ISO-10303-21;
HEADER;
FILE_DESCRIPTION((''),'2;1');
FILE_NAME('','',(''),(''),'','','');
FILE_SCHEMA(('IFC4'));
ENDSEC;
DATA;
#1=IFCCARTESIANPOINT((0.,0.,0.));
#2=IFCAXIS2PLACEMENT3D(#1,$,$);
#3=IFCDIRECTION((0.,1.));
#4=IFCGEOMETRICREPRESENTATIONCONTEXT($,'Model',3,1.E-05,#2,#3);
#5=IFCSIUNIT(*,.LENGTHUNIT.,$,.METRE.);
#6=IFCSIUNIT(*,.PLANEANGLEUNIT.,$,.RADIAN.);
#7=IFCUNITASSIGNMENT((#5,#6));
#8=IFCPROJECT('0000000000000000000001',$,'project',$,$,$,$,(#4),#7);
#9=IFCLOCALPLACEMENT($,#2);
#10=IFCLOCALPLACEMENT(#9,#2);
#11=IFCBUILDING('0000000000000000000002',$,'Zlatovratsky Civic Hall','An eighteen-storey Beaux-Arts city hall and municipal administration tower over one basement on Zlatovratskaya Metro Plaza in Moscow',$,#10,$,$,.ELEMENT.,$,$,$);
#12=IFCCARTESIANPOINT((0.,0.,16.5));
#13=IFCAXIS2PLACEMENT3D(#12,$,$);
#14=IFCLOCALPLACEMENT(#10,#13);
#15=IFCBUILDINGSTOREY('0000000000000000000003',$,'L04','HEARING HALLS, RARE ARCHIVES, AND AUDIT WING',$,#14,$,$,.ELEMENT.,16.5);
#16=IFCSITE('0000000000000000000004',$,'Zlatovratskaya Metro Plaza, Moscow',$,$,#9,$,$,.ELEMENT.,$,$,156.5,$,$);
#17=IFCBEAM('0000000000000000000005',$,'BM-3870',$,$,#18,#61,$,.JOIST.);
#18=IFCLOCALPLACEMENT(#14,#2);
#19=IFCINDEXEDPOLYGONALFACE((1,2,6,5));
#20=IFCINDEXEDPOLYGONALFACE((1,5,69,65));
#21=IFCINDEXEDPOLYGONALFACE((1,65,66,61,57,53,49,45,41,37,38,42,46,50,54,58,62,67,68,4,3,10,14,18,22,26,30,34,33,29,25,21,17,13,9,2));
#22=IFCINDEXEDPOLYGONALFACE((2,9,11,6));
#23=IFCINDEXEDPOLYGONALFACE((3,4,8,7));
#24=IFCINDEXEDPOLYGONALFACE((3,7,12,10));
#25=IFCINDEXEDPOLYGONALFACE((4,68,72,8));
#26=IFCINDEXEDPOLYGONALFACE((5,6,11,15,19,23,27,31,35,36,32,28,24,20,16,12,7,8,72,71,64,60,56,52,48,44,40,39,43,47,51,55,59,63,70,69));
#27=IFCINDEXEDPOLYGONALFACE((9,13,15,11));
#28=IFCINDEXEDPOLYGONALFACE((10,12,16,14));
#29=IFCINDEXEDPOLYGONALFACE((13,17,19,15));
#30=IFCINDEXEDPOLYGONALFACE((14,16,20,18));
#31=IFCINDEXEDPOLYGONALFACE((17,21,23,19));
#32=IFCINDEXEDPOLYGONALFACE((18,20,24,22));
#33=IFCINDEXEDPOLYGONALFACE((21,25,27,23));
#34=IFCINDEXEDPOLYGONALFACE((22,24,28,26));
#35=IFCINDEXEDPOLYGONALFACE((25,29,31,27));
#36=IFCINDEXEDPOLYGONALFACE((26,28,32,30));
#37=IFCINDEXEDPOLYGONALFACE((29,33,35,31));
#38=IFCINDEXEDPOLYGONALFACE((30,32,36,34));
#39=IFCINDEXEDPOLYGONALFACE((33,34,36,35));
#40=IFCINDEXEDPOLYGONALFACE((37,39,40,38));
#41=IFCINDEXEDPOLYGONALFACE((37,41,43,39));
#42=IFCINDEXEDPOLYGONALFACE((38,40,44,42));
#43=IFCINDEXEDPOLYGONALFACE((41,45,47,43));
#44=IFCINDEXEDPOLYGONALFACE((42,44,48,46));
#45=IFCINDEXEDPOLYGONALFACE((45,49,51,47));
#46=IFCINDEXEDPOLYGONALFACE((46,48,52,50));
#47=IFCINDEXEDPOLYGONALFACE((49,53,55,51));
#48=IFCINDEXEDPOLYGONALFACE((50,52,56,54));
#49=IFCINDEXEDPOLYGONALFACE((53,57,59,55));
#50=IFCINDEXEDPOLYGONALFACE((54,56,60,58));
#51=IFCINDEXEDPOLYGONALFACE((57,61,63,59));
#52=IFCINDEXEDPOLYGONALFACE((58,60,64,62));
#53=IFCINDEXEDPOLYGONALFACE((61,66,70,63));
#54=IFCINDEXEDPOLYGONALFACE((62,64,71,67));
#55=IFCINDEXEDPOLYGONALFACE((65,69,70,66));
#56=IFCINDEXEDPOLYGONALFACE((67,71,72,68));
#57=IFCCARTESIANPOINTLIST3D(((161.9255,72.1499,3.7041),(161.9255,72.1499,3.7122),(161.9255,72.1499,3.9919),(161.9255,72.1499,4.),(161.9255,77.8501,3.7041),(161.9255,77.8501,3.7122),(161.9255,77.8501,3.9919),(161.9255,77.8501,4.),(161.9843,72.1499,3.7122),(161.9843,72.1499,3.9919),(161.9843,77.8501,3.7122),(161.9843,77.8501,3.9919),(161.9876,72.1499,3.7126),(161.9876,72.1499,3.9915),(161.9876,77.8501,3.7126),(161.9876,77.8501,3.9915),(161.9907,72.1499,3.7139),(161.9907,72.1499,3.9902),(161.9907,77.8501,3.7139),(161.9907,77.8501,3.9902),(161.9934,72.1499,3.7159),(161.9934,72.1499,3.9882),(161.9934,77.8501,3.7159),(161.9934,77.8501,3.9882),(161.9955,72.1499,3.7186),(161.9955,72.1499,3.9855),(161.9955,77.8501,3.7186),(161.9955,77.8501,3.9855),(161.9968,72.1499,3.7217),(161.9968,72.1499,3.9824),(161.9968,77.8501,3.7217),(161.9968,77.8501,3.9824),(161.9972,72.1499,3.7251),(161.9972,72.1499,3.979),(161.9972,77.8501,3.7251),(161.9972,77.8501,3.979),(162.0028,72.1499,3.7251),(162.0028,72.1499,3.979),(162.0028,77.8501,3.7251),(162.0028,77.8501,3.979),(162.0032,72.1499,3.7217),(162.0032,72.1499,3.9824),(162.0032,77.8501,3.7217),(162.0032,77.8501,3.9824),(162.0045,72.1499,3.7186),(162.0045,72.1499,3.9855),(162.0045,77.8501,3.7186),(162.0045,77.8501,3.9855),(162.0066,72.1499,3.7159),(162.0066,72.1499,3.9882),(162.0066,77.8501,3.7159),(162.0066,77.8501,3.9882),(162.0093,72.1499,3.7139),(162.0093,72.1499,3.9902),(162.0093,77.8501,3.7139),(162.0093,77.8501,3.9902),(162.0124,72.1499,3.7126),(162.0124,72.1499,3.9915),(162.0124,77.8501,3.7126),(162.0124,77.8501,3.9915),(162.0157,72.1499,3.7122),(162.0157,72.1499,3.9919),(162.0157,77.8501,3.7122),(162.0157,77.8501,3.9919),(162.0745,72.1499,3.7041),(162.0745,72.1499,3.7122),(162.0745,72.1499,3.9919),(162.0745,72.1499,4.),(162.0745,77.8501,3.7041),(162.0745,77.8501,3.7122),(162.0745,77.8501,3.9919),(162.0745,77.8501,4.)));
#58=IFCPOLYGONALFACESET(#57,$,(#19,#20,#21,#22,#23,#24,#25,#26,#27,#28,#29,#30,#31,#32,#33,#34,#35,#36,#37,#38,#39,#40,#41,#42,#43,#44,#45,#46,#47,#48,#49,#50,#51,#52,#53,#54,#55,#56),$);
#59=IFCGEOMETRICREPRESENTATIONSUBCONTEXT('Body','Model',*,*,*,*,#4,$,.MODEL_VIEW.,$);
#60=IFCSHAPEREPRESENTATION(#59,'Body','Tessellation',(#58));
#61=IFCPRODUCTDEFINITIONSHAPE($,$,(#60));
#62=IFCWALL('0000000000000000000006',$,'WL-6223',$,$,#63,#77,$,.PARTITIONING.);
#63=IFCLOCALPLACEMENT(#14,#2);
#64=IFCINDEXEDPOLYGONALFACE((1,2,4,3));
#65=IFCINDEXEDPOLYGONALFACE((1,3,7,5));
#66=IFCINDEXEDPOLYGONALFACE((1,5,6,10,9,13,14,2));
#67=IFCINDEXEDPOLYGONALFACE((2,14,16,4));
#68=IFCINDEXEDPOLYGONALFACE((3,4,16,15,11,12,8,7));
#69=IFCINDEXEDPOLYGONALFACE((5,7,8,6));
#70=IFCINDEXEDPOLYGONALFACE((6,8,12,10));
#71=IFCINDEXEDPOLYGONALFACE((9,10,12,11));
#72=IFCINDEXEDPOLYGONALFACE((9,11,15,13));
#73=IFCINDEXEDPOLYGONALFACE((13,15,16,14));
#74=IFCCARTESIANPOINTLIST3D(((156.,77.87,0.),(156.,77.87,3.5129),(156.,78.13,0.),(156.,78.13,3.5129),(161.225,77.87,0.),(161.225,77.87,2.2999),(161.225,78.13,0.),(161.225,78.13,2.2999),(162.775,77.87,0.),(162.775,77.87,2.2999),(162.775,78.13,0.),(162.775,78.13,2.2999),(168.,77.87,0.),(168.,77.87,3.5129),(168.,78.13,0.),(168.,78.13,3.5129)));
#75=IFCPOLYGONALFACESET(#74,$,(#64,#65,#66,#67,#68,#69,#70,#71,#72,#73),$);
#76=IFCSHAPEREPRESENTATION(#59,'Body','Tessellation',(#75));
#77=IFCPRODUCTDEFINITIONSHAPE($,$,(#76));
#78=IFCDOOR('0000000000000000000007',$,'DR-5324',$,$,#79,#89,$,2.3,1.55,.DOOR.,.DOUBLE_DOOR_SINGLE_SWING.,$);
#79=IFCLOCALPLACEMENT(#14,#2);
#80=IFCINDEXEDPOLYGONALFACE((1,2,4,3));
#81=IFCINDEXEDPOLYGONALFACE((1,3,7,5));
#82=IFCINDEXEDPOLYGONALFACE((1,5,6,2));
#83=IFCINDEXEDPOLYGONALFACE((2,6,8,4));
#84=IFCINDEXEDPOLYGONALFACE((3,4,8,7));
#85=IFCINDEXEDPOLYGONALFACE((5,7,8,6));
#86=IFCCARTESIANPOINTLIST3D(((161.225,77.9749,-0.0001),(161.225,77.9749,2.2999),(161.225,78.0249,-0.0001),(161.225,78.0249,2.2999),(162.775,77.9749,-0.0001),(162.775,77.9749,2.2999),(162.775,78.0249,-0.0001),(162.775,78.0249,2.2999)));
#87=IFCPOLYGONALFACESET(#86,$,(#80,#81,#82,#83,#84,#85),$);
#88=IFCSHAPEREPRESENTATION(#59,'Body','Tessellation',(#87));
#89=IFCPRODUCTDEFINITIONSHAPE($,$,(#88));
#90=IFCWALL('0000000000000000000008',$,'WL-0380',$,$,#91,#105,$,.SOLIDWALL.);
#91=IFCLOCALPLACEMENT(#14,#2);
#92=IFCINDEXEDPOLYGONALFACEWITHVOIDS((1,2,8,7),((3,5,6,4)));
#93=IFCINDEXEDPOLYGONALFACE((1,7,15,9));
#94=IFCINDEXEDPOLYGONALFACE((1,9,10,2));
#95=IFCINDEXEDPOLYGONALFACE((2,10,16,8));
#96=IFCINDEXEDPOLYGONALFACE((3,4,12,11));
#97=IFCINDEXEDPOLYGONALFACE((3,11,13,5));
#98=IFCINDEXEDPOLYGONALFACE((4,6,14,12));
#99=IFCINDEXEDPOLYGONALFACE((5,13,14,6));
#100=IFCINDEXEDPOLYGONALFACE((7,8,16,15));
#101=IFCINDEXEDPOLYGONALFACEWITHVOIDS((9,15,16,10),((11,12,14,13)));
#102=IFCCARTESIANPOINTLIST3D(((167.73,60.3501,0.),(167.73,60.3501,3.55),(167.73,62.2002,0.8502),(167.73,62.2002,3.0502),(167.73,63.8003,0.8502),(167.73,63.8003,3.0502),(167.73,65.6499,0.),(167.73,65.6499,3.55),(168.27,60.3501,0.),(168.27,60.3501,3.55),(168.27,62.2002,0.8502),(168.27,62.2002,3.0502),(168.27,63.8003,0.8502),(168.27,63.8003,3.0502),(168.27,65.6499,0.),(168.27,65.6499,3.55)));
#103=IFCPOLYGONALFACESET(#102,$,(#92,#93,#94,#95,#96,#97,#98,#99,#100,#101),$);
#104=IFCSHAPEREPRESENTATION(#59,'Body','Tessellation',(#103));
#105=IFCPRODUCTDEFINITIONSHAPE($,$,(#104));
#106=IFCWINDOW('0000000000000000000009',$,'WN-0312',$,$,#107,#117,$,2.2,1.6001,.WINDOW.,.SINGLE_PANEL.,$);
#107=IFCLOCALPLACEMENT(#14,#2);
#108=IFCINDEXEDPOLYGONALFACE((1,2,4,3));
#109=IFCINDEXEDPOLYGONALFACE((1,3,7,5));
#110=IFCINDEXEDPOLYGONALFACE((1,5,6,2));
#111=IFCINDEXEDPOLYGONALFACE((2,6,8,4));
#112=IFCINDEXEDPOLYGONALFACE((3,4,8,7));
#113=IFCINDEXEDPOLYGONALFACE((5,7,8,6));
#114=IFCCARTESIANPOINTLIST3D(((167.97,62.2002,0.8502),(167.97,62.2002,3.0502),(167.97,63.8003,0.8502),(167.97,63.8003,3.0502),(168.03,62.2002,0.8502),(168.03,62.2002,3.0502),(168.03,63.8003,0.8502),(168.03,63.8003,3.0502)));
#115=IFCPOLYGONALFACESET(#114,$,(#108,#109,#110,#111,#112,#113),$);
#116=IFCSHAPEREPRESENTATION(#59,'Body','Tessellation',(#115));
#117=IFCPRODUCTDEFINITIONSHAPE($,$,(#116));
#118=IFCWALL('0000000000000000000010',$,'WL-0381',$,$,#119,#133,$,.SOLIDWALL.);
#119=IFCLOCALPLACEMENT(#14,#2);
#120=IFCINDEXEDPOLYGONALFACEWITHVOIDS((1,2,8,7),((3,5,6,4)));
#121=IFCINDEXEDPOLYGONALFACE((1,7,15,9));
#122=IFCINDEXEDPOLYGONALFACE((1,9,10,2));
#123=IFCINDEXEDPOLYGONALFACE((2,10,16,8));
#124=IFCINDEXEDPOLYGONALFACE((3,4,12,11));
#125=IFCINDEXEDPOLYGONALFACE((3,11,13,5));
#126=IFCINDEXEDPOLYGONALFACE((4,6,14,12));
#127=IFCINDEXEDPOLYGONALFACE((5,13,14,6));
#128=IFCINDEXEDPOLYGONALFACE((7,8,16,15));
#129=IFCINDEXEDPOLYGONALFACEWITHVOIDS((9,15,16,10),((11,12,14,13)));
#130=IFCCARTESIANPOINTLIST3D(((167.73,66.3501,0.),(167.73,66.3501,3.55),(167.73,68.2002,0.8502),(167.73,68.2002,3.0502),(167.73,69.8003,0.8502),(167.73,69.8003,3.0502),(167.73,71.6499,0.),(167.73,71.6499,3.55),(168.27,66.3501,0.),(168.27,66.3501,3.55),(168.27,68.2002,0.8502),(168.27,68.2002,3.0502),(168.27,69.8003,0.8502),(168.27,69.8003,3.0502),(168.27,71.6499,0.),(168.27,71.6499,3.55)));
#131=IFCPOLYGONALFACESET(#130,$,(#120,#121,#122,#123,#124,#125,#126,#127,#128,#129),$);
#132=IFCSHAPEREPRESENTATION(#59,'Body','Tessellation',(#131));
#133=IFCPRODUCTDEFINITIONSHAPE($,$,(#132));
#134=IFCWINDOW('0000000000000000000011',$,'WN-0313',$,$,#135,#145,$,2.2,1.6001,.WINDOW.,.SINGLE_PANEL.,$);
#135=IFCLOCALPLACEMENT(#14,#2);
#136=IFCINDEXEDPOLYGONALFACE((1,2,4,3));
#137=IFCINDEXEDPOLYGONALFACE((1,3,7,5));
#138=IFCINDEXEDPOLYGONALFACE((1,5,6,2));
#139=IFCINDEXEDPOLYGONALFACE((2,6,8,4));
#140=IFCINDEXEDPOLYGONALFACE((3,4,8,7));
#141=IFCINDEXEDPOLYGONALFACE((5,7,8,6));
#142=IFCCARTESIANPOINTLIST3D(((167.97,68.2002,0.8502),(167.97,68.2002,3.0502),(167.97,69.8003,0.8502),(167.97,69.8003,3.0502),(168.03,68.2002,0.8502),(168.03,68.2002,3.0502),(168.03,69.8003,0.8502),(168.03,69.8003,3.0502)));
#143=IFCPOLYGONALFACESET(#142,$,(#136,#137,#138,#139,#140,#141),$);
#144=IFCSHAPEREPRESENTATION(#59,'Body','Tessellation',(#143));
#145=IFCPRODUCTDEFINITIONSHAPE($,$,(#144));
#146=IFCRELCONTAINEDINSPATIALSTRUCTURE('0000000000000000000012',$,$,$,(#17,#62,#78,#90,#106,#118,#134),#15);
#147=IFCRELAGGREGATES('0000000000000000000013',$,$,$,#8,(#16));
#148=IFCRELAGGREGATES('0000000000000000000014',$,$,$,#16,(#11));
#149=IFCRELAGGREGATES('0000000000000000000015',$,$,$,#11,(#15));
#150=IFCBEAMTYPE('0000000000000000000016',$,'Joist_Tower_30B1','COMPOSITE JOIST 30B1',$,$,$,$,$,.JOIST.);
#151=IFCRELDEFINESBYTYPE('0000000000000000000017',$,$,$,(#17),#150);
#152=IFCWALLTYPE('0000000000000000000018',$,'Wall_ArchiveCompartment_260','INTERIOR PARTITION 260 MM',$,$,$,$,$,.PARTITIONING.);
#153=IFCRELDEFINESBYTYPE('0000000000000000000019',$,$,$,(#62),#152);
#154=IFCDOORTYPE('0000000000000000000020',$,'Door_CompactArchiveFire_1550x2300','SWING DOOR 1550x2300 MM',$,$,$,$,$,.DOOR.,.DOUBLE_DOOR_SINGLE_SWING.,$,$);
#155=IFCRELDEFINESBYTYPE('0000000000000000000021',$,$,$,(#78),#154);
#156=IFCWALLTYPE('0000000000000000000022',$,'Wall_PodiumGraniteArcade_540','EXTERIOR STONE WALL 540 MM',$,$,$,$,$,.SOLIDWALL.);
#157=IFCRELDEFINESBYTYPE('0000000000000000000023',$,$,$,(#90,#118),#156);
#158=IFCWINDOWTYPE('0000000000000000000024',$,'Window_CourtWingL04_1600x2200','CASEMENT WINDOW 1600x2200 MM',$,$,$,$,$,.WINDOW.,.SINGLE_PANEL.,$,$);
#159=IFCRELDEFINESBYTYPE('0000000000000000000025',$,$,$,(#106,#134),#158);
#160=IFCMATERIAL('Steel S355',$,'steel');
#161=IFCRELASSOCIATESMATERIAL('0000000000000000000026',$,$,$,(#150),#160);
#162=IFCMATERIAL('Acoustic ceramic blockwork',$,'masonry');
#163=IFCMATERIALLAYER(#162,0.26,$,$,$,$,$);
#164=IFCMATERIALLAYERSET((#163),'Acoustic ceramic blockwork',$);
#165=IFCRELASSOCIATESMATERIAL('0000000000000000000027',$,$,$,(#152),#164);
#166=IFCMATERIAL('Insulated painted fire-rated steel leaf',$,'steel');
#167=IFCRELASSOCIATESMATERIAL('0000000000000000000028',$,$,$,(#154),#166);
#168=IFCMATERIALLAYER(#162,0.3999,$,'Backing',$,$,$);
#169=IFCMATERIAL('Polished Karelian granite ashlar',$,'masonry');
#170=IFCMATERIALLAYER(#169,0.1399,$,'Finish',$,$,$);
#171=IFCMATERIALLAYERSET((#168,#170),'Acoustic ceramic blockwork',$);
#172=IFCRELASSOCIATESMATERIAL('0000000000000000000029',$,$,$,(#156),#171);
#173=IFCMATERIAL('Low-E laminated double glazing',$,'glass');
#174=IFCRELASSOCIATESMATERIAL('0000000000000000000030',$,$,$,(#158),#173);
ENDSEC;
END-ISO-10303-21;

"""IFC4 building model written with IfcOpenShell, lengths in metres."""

from ifc_helpers import new_model, si_unit, direction, frame, frame_2d, origin, origin_2d, place, context, subcontext, project, spatial, rectangle, i_section, extrude, material, layer, layer_set, material_profile, profile_set, type_object, element, fill, save


model = new_model("IFC4")

# Units and contexts
model_context = context("Model", 3, precision=1e-05, world=origin(), true_north=direction((0.0, 1.0)))
body_context = subcontext(model_context, "Body", "Model", "MODEL_VIEW")
ifc_project = project(units=[si_unit("LENGTHUNIT", "METRE"), si_unit("PLANEANGLEUNIT", "RADIAN")], contexts=[model_context])

# Site, building, storey
site_placement = place(None, origin())
site = spatial("IfcSite", under=ifc_project, at=site_placement, Name="Zlatovratskaya Metro Plaza, Moscow", CompositionType="ELEMENT", RefElevation=156.5)
building_placement = place(site_placement, origin())
building = spatial("IfcBuilding", under=site, at=building_placement, Name="Zlatovratsky Civic Hall", Description="An eighteen-storey Beaux-Arts city hall and municipal administration tower over one basement on Zlatovratskaya Metro Plaza in Moscow", CompositionType="ELEMENT")
storey_placement = place(building_placement, frame((0.0, 0.0, 16.5)))
storey = spatial("IfcBuildingStorey", under=building, at=storey_placement, Name="L04", Description="HEARING HALLS, RARE ARCHIVES, AND AUDIT WING", CompositionType="ELEMENT", Elevation=16.5)

# Shared definitions
ifc_material_1 = material(Name="Steel S355", Category="steel")

# Beam
ifc_material_profile_1 = material_profile(ifc_material_1, i_section(OverallWidth=0.1489, OverallDepth=0.2959, WebThickness=0.0056, FlangeThickness=0.0081, FilletRadius=0.0129, at=origin_2d()), Name="30B1")
ifc_profile_set_1 = profile_set([ifc_material_profile_1], Name="Steel S355")
beam_type_1 = type_object("IfcBeamType", Name="Joist_Tower_30B1", Description="COMPOSITE JOIST 30B1", PredefinedType="JOIST", material=ifc_profile_set_1)
for number, where, z_axis, x_axis, name in (
    (1, (162.0, 72.1499, 3.8521), (0.0, 1.0, 0.0), (-1.0, 0.0, 0.0), "BM-3870"),
):
    element("IfcBeam", number, at=place(storey_placement, frame(where, z_axis=z_axis, x_axis=x_axis)), inside=storey, type_object=beam_type_1, Name=name, PredefinedType="JOIST", context=body_context, shape_type="SweptSolid", body=[
        extrude(i_section(OverallWidth=0.1489, OverallDepth=0.2959, WebThickness=0.0056, FlangeThickness=0.0081, FilletRadius=0.0129, at=origin_2d()), origin(), (0.0, 0.0, 1.0), 5.7002),
    ])

# Wall, opening, door
ifc_material_2 = material(Name="Acoustic ceramic blockwork", Category="masonry")
ifc_layer_1 = layer(ifc_material_2, 0.26)
ifc_layer_set_1 = layer_set([ifc_layer_1], Name="Acoustic ceramic blockwork")
wall_type_1 = type_object("IfcWallType", Name="Wall_ArchiveCompartment_260", Description="INTERIOR PARTITION 260 MM", PredefinedType="PARTITIONING", material=ifc_layer_set_1)
wall_1_placement = place(storey_placement, frame((156.0, 78.0, 0.0), z_axis=(0.0, 0.0, 1.0), x_axis=(1.0, 0.0, 0.0)))
wall_1 = element("IfcWall", 2, at=wall_1_placement, inside=storey, type_object=wall_type_1, Name="WL-6223", PredefinedType="PARTITIONING", context=body_context, shape_type="SweptSolid", body=[
    extrude(rectangle(XDim=12.0, YDim=0.26, at=frame_2d((6.0, 0.0))), origin(), (0.0, 0.0, 1.0), 3.5129),
])
opening_1_placement = place(wall_1_placement, frame((5.2251, 0.0, 0.0)))
opening_1 = element("IfcOpeningElement", 3, at=opening_1_placement, cuts=wall_1, PredefinedType="OPENING", context=body_context, shape_type="SweptSolid", body=[
    extrude(rectangle(XDim=1.55, YDim=2.3, at=frame_2d((0.7749, 1.1499))), frame((0.0, 0.145, 0.0), z_axis=(0.0, -1.0, 0.0), x_axis=(1.0, 0.0, 0.0)), (0.0, 0.0, 1.0), 0.2898),
])
ifc_material_3 = material(Name="Insulated painted fire-rated steel leaf", Category="steel")
door_type = type_object("IfcDoorType", Name="Door_CompactArchiveFire_1550x2300", Description="SWING DOOR 1550x2300 MM", OperationType="DOUBLE_DOOR_SINGLE_SWING", PredefinedType="DOOR", material=ifc_material_3)
door_placement = place(opening_1_placement, origin())
door = element("IfcDoor", 4, at=door_placement, inside=storey, type_object=door_type, Name="DR-5324", OperationType="DOUBLE_DOOR_SINGLE_SWING", OverallHeight=2.3, OverallWidth=1.55, PredefinedType="DOOR", context=body_context, shape_type="SweptSolid", body=[
    extrude(rectangle(XDim=1.55, YDim=2.3, at=frame_2d((0.7749, 1.1499))), frame((0.0, 0.0249, 0.0), z_axis=(0.0, -1.0, 0.0), x_axis=(1.0, 0.0, 0.0)), (0.0, 0.0, 1.0), 0.05),
])
fill(opening_1, door)

# Walls, openings, windows
ifc_layer_2 = layer(ifc_material_2, 0.3999, Name="Backing")
ifc_material_4 = material(Name="Polished Karelian granite ashlar", Category="masonry")
ifc_layer_3 = layer(ifc_material_4, 0.1399, Name="Finish")
ifc_layer_set_2 = layer_set([ifc_layer_2, ifc_layer_3], Name="Acoustic ceramic blockwork")
wall_type_2 = type_object("IfcWallType", Name="Wall_PodiumGraniteArcade_540", Description="EXTERIOR STONE WALL 540 MM", PredefinedType="SOLIDWALL", material=ifc_layer_set_2)
wall_2_placement = place(storey_placement, frame((168.0, 60.3501, 0.0), z_axis=(0.0, 0.0, 1.0), x_axis=(0.0, 1.0, 0.0)))
wall_2 = element("IfcWall", 5, at=wall_2_placement, inside=storey, type_object=wall_type_2, Name="WL-0380", PredefinedType="SOLIDWALL", context=body_context, shape_type="SweptSolid", body=[
    extrude(rectangle(XDim=5.2998, YDim=0.54, at=frame_2d((2.6499, 0.0))), origin(), (0.0, 0.0, 1.0), 3.55),
])
opening_2_placement = place(wall_2_placement, frame((1.8501, 0.0, 0.8501)))
opening_2 = element("IfcOpeningElement", 6, at=opening_2_placement, cuts=wall_2, PredefinedType="OPENING", context=body_context, shape_type="SweptSolid", body=[
    extrude(rectangle(XDim=1.6001, YDim=2.2, at=frame_2d((0.8, 1.1001))), frame((0.0, 0.2849, 0.0), z_axis=(0.0, -1.0, 0.0), x_axis=(1.0, 0.0, 0.0)), (0.0, 0.0, 1.0), 0.5698),
])
ifc_material_5 = material(Name="Low-E laminated double glazing", Category="glass")
window_type = type_object("IfcWindowType", Name="Window_CourtWingL04_1600x2200", Description="CASEMENT WINDOW 1600x2200 MM", PartitioningType="SINGLE_PANEL", PredefinedType="WINDOW", material=ifc_material_5)
window_1_placement = place(opening_2_placement, origin())
window_1 = element("IfcWindow", 7, at=window_1_placement, inside=storey, type_object=window_type, Name="WN-0312", OverallHeight=2.2, OverallWidth=1.6001, PartitioningType="SINGLE_PANEL", PredefinedType="WINDOW", context=body_context, shape_type="SweptSolid", body=[
    extrude(rectangle(XDim=1.6001, YDim=2.2, at=frame_2d((0.8, 1.1001))), frame((0.0, 0.03, 0.0), z_axis=(0.0, -1.0, 0.0), x_axis=(1.0, 0.0, 0.0)), (0.0, 0.0, 1.0), 0.0601),
])
fill(opening_2, window_1)
wall_3_placement = place(storey_placement, frame((168.0, 66.3501, 0.0), z_axis=(0.0, 0.0, 1.0), x_axis=(0.0, 1.0, 0.0)))
wall_3 = element("IfcWall", 8, at=wall_3_placement, inside=storey, type_object=wall_type_2, Name="WL-0381", PredefinedType="SOLIDWALL", context=body_context, shape_type="SweptSolid", body=[
    extrude(rectangle(XDim=5.2998, YDim=0.54, at=frame_2d((2.6499, 0.0))), origin(), (0.0, 0.0, 1.0), 3.55),
])
opening_3_placement = place(wall_3_placement, frame((1.8501, 0.0, 0.8501)))
opening_3 = element("IfcOpeningElement", 9, at=opening_3_placement, cuts=wall_3, PredefinedType="OPENING", context=body_context, shape_type="SweptSolid", body=[
    extrude(rectangle(XDim=1.6001, YDim=2.2, at=frame_2d((0.8, 1.1001))), frame((0.0, 0.2849, 0.0), z_axis=(0.0, -1.0, 0.0), x_axis=(1.0, 0.0, 0.0)), (0.0, 0.0, 1.0), 0.5698),
])
window_2_placement = place(opening_3_placement, origin())
window_2 = element("IfcWindow", 10, at=window_2_placement, inside=storey, type_object=window_type, Name="WN-0313", OverallHeight=2.2, OverallWidth=1.6001, PartitioningType="SINGLE_PANEL", PredefinedType="WINDOW", context=body_context, shape_type="SweptSolid", body=[
    extrude(rectangle(XDim=1.6001, YDim=2.2, at=frame_2d((0.8, 1.1001))), frame((0.0, 0.03, 0.0), z_axis=(0.0, -1.0, 0.0), x_axis=(1.0, 0.0, 0.0)), (0.0, 0.0, 1.0), 0.0601),
])
fill(opening_3, window_2)

save(model, "model.ifc")
